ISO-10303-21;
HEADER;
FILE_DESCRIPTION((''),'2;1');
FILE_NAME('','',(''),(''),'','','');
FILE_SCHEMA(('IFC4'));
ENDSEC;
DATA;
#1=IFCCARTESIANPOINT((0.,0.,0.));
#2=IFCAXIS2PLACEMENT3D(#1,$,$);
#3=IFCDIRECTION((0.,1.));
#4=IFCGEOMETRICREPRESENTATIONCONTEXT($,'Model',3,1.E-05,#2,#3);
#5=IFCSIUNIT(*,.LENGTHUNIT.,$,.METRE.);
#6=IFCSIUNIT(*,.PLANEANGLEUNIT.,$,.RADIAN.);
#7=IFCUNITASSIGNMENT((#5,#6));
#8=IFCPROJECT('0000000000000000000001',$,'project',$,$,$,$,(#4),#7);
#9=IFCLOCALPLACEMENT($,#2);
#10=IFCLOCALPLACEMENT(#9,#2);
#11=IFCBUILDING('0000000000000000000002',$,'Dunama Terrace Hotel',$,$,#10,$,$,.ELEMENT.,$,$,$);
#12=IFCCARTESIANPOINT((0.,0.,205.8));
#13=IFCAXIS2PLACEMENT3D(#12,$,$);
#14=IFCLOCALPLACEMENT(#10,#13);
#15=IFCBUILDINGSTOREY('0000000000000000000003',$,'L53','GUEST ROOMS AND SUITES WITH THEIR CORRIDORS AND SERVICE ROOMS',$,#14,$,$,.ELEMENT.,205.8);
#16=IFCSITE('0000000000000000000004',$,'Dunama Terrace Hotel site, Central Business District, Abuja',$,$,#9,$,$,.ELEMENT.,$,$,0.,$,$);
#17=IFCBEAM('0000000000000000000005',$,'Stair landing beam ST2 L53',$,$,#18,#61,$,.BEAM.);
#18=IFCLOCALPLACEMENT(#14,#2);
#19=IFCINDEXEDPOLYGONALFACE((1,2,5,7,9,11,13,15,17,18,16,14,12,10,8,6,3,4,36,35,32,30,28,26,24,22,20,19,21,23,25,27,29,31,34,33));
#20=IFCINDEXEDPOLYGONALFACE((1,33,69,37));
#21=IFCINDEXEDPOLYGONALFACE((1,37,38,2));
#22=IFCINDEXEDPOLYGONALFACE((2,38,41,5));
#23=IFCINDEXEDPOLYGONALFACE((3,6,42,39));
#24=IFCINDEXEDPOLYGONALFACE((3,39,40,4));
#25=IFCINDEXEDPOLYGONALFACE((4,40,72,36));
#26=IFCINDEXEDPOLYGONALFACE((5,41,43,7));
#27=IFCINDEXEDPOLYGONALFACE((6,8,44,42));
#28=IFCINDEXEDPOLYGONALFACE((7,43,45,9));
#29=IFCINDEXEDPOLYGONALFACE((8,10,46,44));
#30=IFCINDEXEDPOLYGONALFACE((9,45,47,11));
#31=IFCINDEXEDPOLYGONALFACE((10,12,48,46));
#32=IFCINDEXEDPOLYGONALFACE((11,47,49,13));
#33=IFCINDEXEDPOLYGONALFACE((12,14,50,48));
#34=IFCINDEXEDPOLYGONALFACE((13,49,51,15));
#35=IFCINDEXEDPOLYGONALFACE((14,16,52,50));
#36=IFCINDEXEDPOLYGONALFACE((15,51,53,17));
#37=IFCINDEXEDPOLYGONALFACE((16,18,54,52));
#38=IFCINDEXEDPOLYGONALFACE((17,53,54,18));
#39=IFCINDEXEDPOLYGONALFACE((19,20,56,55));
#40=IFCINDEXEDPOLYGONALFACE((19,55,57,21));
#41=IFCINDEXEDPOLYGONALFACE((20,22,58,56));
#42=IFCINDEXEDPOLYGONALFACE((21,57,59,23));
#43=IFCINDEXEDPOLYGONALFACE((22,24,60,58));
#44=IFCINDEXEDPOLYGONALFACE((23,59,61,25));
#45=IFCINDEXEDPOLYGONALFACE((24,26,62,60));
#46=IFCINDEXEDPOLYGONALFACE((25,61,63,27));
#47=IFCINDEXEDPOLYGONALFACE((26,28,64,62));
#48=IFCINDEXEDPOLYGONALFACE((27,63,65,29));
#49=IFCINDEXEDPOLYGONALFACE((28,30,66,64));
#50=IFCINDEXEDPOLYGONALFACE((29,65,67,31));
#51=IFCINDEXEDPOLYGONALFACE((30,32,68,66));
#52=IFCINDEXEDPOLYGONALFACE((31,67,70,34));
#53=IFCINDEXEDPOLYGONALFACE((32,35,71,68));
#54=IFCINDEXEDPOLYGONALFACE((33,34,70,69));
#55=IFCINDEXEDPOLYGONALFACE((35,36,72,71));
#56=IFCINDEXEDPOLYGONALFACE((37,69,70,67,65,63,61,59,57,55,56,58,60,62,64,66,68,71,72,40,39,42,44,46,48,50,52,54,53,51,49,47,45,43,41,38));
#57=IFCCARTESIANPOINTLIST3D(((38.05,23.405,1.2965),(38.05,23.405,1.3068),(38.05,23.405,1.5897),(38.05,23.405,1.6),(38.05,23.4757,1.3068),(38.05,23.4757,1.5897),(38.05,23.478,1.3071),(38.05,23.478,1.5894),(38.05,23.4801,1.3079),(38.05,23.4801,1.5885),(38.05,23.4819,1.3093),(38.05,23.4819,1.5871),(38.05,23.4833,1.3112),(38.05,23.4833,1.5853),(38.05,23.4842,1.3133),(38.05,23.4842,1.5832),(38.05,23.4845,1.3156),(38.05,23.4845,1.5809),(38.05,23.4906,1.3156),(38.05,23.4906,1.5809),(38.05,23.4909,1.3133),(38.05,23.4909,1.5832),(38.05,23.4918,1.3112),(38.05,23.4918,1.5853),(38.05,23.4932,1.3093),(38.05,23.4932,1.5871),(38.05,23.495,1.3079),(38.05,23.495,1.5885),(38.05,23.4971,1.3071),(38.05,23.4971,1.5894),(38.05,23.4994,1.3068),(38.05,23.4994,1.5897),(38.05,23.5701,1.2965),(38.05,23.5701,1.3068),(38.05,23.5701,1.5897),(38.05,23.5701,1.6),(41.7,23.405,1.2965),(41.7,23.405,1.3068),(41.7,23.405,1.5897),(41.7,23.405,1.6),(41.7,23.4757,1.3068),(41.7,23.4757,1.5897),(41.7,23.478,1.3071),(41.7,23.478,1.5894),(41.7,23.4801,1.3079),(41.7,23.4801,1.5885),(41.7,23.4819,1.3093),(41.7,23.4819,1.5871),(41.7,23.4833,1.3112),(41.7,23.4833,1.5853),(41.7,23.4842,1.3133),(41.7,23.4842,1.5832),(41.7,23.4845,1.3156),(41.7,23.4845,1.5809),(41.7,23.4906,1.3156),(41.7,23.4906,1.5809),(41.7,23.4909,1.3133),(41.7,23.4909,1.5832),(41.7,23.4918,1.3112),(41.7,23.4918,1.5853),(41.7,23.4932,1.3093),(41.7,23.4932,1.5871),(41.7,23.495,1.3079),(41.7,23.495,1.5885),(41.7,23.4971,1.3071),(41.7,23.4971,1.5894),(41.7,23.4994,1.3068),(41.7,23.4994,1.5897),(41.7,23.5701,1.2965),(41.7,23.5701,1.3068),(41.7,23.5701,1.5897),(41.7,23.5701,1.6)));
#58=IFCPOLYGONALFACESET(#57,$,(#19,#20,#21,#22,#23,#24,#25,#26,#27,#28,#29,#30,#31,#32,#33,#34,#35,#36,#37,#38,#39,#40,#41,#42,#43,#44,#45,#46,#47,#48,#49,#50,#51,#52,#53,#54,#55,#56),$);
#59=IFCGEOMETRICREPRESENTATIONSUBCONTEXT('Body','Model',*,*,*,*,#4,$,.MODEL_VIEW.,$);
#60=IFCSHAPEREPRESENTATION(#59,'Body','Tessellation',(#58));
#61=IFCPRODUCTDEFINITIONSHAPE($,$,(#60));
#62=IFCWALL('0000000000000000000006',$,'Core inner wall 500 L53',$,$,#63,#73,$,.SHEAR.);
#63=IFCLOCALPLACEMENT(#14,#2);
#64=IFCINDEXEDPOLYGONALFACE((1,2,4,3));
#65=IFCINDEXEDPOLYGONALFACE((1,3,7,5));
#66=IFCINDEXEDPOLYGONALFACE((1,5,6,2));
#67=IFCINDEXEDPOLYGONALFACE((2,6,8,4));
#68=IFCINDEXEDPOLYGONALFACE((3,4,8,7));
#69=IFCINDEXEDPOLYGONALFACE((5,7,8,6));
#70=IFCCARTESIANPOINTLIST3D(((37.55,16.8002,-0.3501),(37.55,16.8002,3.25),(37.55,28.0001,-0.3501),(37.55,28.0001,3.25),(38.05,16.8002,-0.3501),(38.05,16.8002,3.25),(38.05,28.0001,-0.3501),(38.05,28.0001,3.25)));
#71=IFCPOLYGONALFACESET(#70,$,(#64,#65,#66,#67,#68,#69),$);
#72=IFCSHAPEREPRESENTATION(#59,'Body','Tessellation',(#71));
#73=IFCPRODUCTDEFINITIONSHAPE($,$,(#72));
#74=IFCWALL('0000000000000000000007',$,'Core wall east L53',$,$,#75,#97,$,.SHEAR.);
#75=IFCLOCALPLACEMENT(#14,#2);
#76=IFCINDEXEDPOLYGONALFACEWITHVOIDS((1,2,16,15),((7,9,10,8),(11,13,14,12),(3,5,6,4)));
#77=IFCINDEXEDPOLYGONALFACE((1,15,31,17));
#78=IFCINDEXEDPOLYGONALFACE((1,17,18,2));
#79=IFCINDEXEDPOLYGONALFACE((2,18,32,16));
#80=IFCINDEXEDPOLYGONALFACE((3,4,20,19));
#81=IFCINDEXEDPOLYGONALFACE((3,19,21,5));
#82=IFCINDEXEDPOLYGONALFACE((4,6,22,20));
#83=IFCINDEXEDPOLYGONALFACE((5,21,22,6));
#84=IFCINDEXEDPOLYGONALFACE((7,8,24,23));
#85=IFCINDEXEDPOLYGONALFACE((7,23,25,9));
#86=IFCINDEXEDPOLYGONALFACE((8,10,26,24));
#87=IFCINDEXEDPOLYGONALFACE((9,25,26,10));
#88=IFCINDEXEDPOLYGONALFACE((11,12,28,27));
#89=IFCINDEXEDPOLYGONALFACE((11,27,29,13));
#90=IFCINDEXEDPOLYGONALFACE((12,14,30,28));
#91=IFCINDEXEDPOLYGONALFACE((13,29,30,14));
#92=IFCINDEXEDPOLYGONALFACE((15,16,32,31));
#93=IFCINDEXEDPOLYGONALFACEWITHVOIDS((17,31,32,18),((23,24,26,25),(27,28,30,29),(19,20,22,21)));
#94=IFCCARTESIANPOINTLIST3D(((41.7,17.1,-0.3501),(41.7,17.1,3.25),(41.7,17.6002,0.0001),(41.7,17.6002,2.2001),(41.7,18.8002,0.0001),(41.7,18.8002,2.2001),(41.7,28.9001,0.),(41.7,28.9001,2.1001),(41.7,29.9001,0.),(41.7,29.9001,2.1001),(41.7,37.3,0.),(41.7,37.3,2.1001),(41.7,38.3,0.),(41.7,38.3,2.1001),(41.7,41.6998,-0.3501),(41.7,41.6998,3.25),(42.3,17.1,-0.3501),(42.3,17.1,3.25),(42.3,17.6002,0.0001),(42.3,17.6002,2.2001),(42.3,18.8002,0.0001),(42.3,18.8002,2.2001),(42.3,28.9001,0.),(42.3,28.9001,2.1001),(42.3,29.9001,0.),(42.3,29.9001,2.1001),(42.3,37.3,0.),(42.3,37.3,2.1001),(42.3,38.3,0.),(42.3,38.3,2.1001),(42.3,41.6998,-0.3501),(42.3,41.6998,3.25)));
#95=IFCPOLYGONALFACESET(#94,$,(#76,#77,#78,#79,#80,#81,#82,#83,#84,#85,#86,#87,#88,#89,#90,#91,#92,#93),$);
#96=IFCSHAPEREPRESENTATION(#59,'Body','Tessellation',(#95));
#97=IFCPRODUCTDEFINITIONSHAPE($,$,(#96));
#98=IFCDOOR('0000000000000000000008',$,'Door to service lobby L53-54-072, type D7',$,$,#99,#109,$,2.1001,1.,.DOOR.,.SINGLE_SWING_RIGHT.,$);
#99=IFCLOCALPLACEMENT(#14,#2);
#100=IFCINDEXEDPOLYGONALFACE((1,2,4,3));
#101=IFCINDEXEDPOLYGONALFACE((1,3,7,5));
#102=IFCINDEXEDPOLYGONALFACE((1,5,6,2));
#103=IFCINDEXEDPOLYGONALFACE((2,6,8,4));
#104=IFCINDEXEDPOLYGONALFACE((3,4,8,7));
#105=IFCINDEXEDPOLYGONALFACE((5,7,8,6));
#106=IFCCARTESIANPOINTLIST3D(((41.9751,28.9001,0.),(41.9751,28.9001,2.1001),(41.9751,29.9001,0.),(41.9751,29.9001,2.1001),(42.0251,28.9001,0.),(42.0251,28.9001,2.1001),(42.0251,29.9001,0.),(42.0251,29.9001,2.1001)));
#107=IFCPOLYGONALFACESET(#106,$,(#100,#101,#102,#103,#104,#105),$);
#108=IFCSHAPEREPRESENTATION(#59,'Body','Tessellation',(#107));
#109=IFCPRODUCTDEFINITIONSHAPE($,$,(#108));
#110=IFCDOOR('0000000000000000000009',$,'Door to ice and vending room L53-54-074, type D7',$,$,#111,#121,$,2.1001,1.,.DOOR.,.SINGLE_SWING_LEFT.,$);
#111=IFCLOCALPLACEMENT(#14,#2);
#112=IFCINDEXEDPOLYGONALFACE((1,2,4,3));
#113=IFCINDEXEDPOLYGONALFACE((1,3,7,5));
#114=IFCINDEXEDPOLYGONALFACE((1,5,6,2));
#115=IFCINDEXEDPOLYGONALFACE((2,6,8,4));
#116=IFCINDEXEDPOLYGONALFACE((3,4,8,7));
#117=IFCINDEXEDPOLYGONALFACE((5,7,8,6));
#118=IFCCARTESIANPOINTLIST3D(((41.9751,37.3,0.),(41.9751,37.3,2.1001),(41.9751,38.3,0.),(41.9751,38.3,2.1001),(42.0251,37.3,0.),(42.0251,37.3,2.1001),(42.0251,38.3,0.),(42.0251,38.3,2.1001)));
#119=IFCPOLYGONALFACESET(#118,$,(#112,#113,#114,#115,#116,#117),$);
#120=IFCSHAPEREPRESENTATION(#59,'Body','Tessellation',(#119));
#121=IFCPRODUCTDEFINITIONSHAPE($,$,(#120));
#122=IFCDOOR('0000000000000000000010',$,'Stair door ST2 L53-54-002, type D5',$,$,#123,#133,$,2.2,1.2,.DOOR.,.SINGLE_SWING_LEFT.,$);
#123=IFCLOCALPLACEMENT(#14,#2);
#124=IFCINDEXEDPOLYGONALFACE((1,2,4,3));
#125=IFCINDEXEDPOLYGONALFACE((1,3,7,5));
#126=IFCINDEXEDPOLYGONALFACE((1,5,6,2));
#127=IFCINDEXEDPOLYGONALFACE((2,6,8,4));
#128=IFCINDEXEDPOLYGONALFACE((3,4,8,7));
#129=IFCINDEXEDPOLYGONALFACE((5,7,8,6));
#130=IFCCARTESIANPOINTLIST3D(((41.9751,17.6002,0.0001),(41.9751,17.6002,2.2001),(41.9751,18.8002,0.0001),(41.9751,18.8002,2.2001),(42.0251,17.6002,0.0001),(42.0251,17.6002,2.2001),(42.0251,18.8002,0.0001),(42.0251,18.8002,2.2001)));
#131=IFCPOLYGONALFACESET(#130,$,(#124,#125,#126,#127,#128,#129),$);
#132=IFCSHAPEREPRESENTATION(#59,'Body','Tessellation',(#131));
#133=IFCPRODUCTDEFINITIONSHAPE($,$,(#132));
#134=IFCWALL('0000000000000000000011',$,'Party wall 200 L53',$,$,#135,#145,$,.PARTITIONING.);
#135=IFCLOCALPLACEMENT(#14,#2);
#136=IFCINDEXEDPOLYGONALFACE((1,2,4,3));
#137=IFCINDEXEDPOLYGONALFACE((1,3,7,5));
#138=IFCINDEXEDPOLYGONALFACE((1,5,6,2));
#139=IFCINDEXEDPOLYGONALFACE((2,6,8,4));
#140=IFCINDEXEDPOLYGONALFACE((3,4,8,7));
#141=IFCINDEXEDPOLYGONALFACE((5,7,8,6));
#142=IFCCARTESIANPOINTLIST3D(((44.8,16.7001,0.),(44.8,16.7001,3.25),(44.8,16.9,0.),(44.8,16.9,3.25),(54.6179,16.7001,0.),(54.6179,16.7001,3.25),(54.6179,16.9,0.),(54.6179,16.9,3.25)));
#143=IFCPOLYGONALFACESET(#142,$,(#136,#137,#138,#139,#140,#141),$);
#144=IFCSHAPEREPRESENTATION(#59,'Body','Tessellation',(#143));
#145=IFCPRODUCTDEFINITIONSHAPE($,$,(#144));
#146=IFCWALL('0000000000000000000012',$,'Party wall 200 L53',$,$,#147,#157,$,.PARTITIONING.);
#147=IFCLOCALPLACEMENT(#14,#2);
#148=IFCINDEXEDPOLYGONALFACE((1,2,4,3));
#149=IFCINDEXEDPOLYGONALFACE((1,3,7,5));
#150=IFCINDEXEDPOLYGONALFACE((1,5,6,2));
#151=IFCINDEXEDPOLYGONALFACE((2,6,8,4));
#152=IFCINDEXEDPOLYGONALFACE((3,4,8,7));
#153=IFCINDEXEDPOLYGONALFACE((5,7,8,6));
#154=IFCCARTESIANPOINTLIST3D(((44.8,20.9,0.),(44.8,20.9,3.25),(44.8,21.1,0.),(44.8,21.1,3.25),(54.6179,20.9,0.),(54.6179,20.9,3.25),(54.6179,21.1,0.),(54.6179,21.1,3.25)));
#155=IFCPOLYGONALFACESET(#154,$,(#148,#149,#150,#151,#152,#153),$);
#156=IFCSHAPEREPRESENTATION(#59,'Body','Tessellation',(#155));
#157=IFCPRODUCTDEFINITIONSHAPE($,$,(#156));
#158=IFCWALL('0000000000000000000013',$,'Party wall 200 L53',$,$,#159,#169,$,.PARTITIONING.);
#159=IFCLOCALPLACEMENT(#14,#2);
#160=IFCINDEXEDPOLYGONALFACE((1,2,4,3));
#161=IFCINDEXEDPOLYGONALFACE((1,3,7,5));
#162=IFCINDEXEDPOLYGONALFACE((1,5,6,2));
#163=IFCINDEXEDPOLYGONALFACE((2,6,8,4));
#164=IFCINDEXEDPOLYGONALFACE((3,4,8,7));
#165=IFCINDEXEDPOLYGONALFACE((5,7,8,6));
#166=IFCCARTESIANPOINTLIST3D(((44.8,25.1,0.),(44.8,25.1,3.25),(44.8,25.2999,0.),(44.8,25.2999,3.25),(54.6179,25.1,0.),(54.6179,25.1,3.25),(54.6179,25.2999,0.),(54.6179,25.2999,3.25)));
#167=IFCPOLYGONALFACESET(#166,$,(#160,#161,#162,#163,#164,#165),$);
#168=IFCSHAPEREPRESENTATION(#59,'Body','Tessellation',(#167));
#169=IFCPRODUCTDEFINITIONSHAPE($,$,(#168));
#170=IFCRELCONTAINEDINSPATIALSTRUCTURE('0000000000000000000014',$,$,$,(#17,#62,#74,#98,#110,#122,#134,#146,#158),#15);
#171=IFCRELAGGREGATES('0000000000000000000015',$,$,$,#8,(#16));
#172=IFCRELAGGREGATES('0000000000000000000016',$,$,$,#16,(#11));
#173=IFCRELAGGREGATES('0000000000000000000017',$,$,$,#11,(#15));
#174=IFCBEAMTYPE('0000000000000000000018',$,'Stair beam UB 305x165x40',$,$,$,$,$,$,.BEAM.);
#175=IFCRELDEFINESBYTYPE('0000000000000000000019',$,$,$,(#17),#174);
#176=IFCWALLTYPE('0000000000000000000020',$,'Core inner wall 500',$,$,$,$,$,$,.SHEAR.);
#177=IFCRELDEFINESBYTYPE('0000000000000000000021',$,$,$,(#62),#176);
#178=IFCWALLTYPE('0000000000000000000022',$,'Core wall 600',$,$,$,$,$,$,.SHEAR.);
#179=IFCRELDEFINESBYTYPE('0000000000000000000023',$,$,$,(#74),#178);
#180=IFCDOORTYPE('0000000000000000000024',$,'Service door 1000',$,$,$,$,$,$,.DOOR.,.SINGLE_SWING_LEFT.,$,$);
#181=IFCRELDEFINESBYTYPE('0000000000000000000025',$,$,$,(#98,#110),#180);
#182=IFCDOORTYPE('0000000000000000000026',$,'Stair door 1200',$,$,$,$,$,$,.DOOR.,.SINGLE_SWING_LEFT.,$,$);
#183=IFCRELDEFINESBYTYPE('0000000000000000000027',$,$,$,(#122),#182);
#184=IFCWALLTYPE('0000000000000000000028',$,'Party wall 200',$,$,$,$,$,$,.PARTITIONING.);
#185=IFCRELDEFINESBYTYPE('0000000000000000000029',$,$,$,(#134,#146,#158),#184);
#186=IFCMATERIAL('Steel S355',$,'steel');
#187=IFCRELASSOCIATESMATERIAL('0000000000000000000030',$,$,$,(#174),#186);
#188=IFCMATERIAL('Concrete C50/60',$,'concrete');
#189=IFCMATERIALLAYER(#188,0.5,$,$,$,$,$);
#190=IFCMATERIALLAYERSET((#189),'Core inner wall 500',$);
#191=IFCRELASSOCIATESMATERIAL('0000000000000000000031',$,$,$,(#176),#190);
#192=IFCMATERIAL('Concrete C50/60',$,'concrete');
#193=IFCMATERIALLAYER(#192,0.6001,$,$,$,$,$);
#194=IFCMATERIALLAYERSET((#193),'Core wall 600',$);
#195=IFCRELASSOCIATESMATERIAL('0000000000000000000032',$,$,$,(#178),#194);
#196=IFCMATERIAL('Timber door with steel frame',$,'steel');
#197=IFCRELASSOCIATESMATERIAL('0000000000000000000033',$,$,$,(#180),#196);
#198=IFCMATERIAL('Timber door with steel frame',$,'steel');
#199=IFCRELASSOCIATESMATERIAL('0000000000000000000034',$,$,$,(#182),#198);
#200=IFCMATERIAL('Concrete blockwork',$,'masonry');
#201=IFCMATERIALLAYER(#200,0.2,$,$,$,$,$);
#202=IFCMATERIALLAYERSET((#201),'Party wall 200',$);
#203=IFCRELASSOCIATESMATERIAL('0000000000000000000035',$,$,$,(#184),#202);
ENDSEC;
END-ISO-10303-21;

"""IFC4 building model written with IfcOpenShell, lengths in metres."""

from ifc_helpers import new_model, si_unit, direction, frame, frame_2d, origin, origin_2d, place, context, subcontext, project, spatial, rectangle, i_section, extrude, material, layer, layer_set, material_profile, profile_set, type_object, element, fill, save


model = new_model("IFC4")

# Units and contexts
model_context = context("Model", 3, precision=1e-05, world=origin(), true_north=direction((0.0, 1.0)))
body_context = subcontext(model_context, "Body", "Model", "MODEL_VIEW")
ifc_project = project(units=[si_unit("LENGTHUNIT", "METRE"), si_unit("PLANEANGLEUNIT", "RADIAN")], contexts=[model_context])

# Site, building, storey
site_placement = place(None, origin())
site = spatial("IfcSite", under=ifc_project, at=site_placement, Name="Dunama Terrace Hotel site, Central Business District, Abuja", CompositionType="ELEMENT", RefElevation=0.0)
building_placement = place(site_placement, origin())
building = spatial("IfcBuilding", under=site, at=building_placement, Name="Dunama Terrace Hotel", CompositionType="ELEMENT")
storey_placement = place(building_placement, frame((0.0, 0.0, 205.8)))
storey = spatial("IfcBuildingStorey", under=building, at=storey_placement, Name="L53", Description="GUEST ROOMS AND SUITES WITH THEIR CORRIDORS AND SERVICE ROOMS", CompositionType="ELEMENT", Elevation=205.8)

# Beam
ifc_material_1 = material(Name="Steel S355", Category="steel")
ifc_material_profile = material_profile(ifc_material_1, i_section(OverallWidth=0.165, OverallDepth=0.3035, WebThickness=0.0061, FlangeThickness=0.0103, FilletRadius=0.0088, at=origin_2d()), Name="UB 305x165x40")
ifc_profile_set = profile_set([ifc_material_profile], Name="Steel S355")
beam_type = type_object("IfcBeamType", Name="Stair beam UB 305x165x40", PredefinedType="BEAM", material=ifc_profile_set)
beam_placement = place(storey_placement, frame((38.05, 23.4875, 1.4482), z_axis=(1.0, 0.0, 0.0), x_axis=(0.0, 1.0, 0.0)))
element("IfcBeam", 1, at=beam_placement, inside=storey, type_object=beam_type, Name="Stair landing beam ST2 L53", PredefinedType="BEAM", context=body_context, shape_type="SweptSolid", body=[
    extrude(i_section(OverallWidth=0.165, OverallDepth=0.3035, WebThickness=0.0061, FlangeThickness=0.0103, FilletRadius=0.0088, at=origin_2d()), origin(), (0.0, 0.0, 1.0), 3.6499),
])

# Wall
ifc_material_2 = material(Name="Concrete C50/60", Category="concrete")
ifc_layer_1 = layer(ifc_material_2, 0.5)
ifc_layer_set_1 = layer_set([ifc_layer_1], Name="Core inner wall 500")
wall_type_1 = type_object("IfcWallType", Name="Core inner wall 500", PredefinedType="SHEAR", material=ifc_layer_set_1)
wall_1_placement = place(storey_placement, frame((37.8, 16.8, -0.3501), z_axis=(0.0, 0.0, 1.0), x_axis=(0.0, 1.0, 0.0)))
element("IfcWall", 2, at=wall_1_placement, inside=storey, type_object=wall_type_1, Name="Core inner wall 500 L53", PredefinedType="SHEAR", context=body_context, shape_type="SweptSolid", body=[
    extrude(rectangle(XDim=11.2, YDim=0.5, at=frame_2d((5.6001, 0.0))), origin(), (0.0, 0.0, 1.0), 3.6001),
])

# Wall, openings, doors
ifc_material_3 = material(Name="Concrete C50/60", Category="concrete")
ifc_layer_2 = layer(ifc_material_3, 0.6001)
ifc_layer_set_2 = layer_set([ifc_layer_2], Name="Core wall 600")
wall_type_2 = type_object("IfcWallType", Name="Core wall 600", PredefinedType="SHEAR", material=ifc_layer_set_2)
wall_2_placement = place(storey_placement, frame((42.0, 17.1001, -0.3501), z_axis=(0.0, 0.0, 1.0), x_axis=(0.0, 1.0, 0.0)))
wall_2 = element("IfcWall", 3, at=wall_2_placement, inside=storey, type_object=wall_type_2, Name="Core wall east L53", PredefinedType="SHEAR", context=body_context, shape_type="SweptSolid", body=[
    extrude(rectangle(XDim=24.5999, YDim=0.6001, at=frame_2d((12.2998, 0.0))), origin(), (0.0, 0.0, 1.0), 3.6001),
])
opening_1_placement = place(wall_2_placement, frame((0.5, 0.0, 0.3501)))
opening_1 = element("IfcOpeningElement", 4, at=opening_1_placement, cuts=wall_2, PredefinedType="OPENING", context=body_context, shape_type="SweptSolid", body=[
    extrude(rectangle(XDim=1.2, YDim=2.2, at=frame_2d((0.6001, 1.1001))), frame((0.0, 0.3101, 0.0), z_axis=(0.0, -1.0, 0.0), x_axis=(1.0, 0.0, 0.0)), (0.0, 0.0, 1.0), 0.6201),
])
opening_2_placement = place(wall_2_placement, frame((11.8, 0.0, 0.3501)))
opening_2 = element("IfcOpeningElement", 5, at=opening_2_placement, cuts=wall_2, PredefinedType="OPENING", context=body_context, shape_type="SweptSolid", body=[
    extrude(rectangle(XDim=1.0, YDim=2.1001, at=frame_2d((0.5, 1.05))), frame((0.0, 0.3101, 0.0), z_axis=(0.0, -1.0, 0.0), x_axis=(1.0, 0.0, 0.0)), (0.0, 0.0, 1.0), 0.6201),
])
opening_3_placement = place(wall_2_placement, frame((20.2, 0.0, 0.3501)))
opening_3 = element("IfcOpeningElement", 6, at=opening_3_placement, cuts=wall_2, PredefinedType="OPENING", context=body_context, shape_type="SweptSolid", body=[
    extrude(rectangle(XDim=1.0, YDim=2.1001, at=frame_2d((0.5, 1.05))), frame((0.0, 0.3101, 0.0), z_axis=(0.0, -1.0, 0.0), x_axis=(1.0, 0.0, 0.0)), (0.0, 0.0, 1.0), 0.6201),
])
ifc_material_4 = material(Name="Timber door with steel frame", Category="steel")
door_type_1 = type_object("IfcDoorType", Name="Service door 1000", OperationType="SINGLE_SWING_LEFT", PredefinedType="DOOR", material=ifc_material_4)
door_1_placement = place(opening_2_placement, origin())
door_1 = element("IfcDoor", 7, at=door_1_placement, inside=storey, type_object=door_type_1, Name="Door to service lobby L53-54-072, type D7", OperationType="SINGLE_SWING_RIGHT", OverallHeight=2.1001, OverallWidth=1.0, PredefinedType="DOOR", context=body_context, shape_type="SweptSolid", body=[
    extrude(rectangle(XDim=1.0, YDim=2.1001, at=frame_2d((0.5, 1.05))), frame((0.0, 0.0249, 0.0), z_axis=(0.0, -1.0, 0.0), x_axis=(1.0, 0.0, 0.0)), (0.0, 0.0, 1.0), 0.05),
])
fill(opening_2, door_1)
door_2_placement = place(opening_3_placement, origin())
door_2 = element("IfcDoor", 8, at=door_2_placement, inside=storey, type_object=door_type_1, Name="Door to ice and vending room L53-54-074, type D7", OperationType="SINGLE_SWING_LEFT", OverallHeight=2.1001, OverallWidth=1.0, PredefinedType="DOOR", context=body_context, shape_type="SweptSolid", body=[
    extrude(rectangle(XDim=1.0, YDim=2.1001, at=frame_2d((0.5, 1.05))), frame((0.0, 0.0249, 0.0), z_axis=(0.0, -1.0, 0.0), x_axis=(1.0, 0.0, 0.0)), (0.0, 0.0, 1.0), 0.05),
])
fill(opening_3, door_2)
ifc_material_5 = material(Name="Timber door with steel frame", Category="steel")
door_type_2 = type_object("IfcDoorType", Name="Stair door 1200", OperationType="SINGLE_SWING_LEFT", PredefinedType="DOOR", material=ifc_material_5)
door_3_placement = place(opening_1_placement, origin())
door_3 = element("IfcDoor", 9, at=door_3_placement, inside=storey, type_object=door_type_2, Name="Stair door ST2 L53-54-002, type D5", OperationType="SINGLE_SWING_LEFT", OverallHeight=2.2, OverallWidth=1.2, PredefinedType="DOOR", context=body_context, shape_type="SweptSolid", body=[
    extrude(rectangle(XDim=1.2, YDim=2.2, at=frame_2d((0.6001, 1.1001))), frame((0.0, 0.0249, 0.0), z_axis=(0.0, -1.0, 0.0), x_axis=(1.0, 0.0, 0.0)), (0.0, 0.0, 1.0), 0.05),
])
fill(opening_1, door_3)

# Walls
ifc_material_6 = material(Name="Concrete blockwork", Category="masonry")
ifc_layer_3 = layer(ifc_material_6, 0.2)
ifc_layer_set_3 = layer_set([ifc_layer_3], Name="Party wall 200")
wall_type_3 = type_object("IfcWallType", Name="Party wall 200", PredefinedType="PARTITIONING", material=ifc_layer_set_3)
for number, where, z_axis, x_axis, name in (
    (10, (44.8, 16.8, 0.0), (0.0, 0.0, 1.0), (1.0, 0.0, 0.0), "Party wall 200 L53"),
    (11, (44.8, 21.0, 0.0), (0.0, 0.0, 1.0), (1.0, 0.0, 0.0), "Party wall 200 L53"),
    (12, (44.8, 25.2, 0.0), (0.0, 0.0, 1.0), (1.0, 0.0, 0.0), "Party wall 200 L53"),
):
    element("IfcWall", number, at=place(storey_placement, frame(where, z_axis=z_axis, x_axis=x_axis)), inside=storey, type_object=wall_type_3, Name=name, PredefinedType="PARTITIONING", context=body_context, shape_type="SweptSolid", body=[
        extrude(rectangle(XDim=9.8179, YDim=0.2, at=frame_2d((4.9089, 0.0))), origin(), (0.0, 0.0, 1.0), 3.25),
    ])

save(model, "model.ifc")
